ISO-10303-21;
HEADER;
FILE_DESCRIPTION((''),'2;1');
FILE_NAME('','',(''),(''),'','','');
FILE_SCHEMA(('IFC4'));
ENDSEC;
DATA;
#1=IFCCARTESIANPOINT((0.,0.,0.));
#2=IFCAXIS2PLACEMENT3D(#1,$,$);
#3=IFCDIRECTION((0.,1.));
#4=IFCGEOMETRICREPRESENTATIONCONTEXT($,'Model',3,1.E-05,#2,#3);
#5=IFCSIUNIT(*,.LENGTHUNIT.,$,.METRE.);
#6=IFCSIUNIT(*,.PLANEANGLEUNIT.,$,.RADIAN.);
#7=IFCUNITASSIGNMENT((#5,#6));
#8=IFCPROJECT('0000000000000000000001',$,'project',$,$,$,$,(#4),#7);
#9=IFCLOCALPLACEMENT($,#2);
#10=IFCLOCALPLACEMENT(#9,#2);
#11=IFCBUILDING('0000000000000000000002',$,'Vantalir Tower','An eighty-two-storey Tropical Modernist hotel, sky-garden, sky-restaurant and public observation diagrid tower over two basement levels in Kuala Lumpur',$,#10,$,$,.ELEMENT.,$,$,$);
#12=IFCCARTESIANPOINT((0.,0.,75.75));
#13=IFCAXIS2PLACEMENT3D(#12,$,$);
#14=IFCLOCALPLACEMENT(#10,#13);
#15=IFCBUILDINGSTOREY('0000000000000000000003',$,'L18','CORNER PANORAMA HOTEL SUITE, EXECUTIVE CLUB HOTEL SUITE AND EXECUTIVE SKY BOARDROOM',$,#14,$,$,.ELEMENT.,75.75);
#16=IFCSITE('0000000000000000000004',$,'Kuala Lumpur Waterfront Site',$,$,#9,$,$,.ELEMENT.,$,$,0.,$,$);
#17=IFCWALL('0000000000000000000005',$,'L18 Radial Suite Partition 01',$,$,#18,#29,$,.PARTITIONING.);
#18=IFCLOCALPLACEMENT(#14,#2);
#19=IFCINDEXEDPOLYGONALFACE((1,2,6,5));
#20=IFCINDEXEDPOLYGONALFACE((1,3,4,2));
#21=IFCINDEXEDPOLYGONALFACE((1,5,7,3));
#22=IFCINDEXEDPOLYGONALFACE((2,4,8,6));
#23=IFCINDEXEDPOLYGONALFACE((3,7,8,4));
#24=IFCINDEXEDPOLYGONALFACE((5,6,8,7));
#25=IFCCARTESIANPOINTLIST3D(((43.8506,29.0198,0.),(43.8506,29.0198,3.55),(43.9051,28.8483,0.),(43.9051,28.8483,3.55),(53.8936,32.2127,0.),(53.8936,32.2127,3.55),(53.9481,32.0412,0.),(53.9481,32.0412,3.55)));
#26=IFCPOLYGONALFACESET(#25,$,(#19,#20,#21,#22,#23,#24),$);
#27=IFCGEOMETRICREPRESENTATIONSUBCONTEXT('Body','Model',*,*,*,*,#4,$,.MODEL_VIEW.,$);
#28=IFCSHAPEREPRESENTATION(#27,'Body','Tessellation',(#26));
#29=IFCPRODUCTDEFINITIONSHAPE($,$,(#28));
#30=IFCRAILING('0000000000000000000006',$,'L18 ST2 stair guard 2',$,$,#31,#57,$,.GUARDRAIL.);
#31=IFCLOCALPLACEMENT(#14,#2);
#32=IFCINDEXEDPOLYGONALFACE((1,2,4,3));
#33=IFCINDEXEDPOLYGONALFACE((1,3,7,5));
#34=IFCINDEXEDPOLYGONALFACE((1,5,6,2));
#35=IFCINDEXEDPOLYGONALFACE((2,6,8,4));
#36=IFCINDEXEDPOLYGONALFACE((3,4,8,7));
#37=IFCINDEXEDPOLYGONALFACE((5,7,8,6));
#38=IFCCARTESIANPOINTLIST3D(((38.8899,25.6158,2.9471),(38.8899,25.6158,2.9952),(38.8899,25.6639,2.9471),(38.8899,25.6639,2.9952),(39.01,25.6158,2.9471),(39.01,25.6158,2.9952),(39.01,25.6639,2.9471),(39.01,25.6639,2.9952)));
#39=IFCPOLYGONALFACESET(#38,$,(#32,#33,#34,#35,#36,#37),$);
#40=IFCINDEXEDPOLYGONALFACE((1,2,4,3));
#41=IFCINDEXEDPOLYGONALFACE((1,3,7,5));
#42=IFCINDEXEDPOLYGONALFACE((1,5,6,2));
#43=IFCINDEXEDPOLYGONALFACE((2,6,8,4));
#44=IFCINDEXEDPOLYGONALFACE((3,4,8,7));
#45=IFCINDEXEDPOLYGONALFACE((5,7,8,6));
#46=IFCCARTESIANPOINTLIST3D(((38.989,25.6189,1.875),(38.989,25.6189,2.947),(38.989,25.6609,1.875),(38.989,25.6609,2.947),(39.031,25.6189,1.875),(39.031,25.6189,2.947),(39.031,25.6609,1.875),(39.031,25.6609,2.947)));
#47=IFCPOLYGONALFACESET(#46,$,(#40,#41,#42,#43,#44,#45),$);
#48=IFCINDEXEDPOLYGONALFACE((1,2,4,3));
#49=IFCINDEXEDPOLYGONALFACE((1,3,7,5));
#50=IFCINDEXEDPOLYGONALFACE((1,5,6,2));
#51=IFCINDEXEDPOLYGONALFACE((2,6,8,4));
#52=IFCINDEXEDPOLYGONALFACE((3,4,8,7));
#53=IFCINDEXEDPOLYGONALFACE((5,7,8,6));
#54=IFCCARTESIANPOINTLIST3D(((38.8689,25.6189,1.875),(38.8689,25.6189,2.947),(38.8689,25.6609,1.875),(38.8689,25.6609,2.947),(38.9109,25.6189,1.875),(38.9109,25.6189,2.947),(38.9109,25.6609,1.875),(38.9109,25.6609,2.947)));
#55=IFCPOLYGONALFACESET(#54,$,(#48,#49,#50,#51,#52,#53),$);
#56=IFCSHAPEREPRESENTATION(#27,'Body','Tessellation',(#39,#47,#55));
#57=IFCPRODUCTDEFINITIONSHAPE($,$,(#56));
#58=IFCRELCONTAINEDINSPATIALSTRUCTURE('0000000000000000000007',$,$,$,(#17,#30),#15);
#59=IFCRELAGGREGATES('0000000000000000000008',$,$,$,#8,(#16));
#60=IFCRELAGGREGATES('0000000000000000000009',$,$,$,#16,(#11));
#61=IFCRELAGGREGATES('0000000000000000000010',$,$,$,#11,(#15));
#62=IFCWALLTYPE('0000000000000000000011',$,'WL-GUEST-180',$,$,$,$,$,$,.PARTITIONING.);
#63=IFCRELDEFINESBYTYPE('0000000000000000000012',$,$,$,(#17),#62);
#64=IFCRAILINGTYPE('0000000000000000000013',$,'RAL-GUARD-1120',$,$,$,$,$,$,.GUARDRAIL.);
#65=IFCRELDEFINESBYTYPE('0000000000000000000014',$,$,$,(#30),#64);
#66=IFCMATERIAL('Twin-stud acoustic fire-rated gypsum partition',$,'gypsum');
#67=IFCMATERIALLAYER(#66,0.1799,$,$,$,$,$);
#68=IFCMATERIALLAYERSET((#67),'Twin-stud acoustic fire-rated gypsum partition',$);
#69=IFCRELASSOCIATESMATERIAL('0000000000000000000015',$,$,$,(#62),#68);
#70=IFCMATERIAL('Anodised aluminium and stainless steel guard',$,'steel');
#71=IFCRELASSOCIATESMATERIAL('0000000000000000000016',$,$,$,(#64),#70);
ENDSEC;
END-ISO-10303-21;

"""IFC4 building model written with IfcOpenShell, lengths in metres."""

from ifc_helpers import new_model, si_unit, direction, frame, frame_2d, origin, origin_2d, place, context, subcontext, project, spatial, rectangle, extrude, material, layer, layer_set, type_object, element, save


model = new_model("IFC4")

# Units and contexts
model_context = context("Model", 3, precision=1e-05, world=origin(), true_north=direction((0.0, 1.0)))
body_context = subcontext(model_context, "Body", "Model", "MODEL_VIEW")
ifc_project = project(units=[si_unit("LENGTHUNIT", "METRE"), si_unit("PLANEANGLEUNIT", "RADIAN")], contexts=[model_context])

# Site, building, storey
site_placement = place(None, origin())
site = spatial("IfcSite", under=ifc_project, at=site_placement, Name="Kuala Lumpur Waterfront Site", CompositionType="ELEMENT", RefElevation=0.0)
building_placement = place(site_placement, origin())
building = spatial("IfcBuilding", under=site, at=building_placement, Name="Vantalir Tower", Description="An eighty-two-storey Tropical Modernist hotel, sky-garden, sky-restaurant and public observation diagrid tower over two basement levels in Kuala Lumpur", CompositionType="ELEMENT")
storey_placement = place(building_placement, frame((0.0, 0.0, 75.75)))
storey = spatial("IfcBuildingStorey", under=building, at=storey_placement, Name="L18", Description="CORNER PANORAMA HOTEL SUITE, EXECUTIVE CLUB HOTEL SUITE AND EXECUTIVE SKY BOARDROOM", CompositionType="ELEMENT", Elevation=75.75)

# Wall
ifc_material_1 = material(Name="Twin-stud acoustic fire-rated gypsum partition", Category="gypsum")
ifc_layer_1 = layer(ifc_material_1, 0.1799)
ifc_layer_set_1 = layer_set([ifc_layer_1], Name="Twin-stud acoustic fire-rated gypsum partition")
wall_type_1 = type_object("IfcWallType", Name="WL-GUEST-180", PredefinedType="PARTITIONING", material=ifc_layer_set_1)
wall_1_placement = place(storey_placement, frame((43.8779, 28.9341, 0.0), z_axis=(0.0, 0.0, 1.0), x_axis=(0.952998, 0.302978, 0.0)))
element("IfcWall", 1, at=wall_1_placement, inside=storey, type_object=wall_type_1, Name="L18 Radial Suite Partition 01", PredefinedType="PARTITIONING", context=body_context, shape_type="SweptSolid", body=[
    extrude(rectangle(XDim=10.5383, YDim=0.1799, at=frame_2d((5.269, 0.0))), origin(), (0.0, 0.0, 1.0), 3.55),
])

# Railing
ifc_material_2 = material(Name="Anodised aluminium and stainless steel guard", Category="steel")
railing_type = type_object("IfcRailingType", Name="RAL-GUARD-1120", PredefinedType="GUARDRAIL", material=ifc_material_2)
railing_placement = place(storey_placement, frame((39.01, 25.6399, 1.875)))
element("IfcRailing", 2, at=railing_placement, inside=storey, type_object=railing_type, Name="L18 ST2 stair guard 2", PredefinedType="GUARDRAIL", context=body_context, shape_type="SweptSolid", body=[
    extrude(rectangle(XDim=0.0481, YDim=0.0481, at=origin_2d()), frame((0.0, 0.0, 1.0962), z_axis=(-1.0, 0.0, 0.0), x_axis=(0.0, -1.0, 0.0)), (0.0, 0.0, 1.0), 0.1201),
    extrude(rectangle(XDim=0.042, YDim=0.042, at=origin_2d()), origin(), (0.0, 0.0, 1.0), 1.072),
    extrude(rectangle(XDim=0.042, YDim=0.042, at=origin_2d()), frame((-0.1201, 0.0, 0.0)), (0.0, 0.0, 1.0), 1.072),
])

save(model, "model.ifc")
